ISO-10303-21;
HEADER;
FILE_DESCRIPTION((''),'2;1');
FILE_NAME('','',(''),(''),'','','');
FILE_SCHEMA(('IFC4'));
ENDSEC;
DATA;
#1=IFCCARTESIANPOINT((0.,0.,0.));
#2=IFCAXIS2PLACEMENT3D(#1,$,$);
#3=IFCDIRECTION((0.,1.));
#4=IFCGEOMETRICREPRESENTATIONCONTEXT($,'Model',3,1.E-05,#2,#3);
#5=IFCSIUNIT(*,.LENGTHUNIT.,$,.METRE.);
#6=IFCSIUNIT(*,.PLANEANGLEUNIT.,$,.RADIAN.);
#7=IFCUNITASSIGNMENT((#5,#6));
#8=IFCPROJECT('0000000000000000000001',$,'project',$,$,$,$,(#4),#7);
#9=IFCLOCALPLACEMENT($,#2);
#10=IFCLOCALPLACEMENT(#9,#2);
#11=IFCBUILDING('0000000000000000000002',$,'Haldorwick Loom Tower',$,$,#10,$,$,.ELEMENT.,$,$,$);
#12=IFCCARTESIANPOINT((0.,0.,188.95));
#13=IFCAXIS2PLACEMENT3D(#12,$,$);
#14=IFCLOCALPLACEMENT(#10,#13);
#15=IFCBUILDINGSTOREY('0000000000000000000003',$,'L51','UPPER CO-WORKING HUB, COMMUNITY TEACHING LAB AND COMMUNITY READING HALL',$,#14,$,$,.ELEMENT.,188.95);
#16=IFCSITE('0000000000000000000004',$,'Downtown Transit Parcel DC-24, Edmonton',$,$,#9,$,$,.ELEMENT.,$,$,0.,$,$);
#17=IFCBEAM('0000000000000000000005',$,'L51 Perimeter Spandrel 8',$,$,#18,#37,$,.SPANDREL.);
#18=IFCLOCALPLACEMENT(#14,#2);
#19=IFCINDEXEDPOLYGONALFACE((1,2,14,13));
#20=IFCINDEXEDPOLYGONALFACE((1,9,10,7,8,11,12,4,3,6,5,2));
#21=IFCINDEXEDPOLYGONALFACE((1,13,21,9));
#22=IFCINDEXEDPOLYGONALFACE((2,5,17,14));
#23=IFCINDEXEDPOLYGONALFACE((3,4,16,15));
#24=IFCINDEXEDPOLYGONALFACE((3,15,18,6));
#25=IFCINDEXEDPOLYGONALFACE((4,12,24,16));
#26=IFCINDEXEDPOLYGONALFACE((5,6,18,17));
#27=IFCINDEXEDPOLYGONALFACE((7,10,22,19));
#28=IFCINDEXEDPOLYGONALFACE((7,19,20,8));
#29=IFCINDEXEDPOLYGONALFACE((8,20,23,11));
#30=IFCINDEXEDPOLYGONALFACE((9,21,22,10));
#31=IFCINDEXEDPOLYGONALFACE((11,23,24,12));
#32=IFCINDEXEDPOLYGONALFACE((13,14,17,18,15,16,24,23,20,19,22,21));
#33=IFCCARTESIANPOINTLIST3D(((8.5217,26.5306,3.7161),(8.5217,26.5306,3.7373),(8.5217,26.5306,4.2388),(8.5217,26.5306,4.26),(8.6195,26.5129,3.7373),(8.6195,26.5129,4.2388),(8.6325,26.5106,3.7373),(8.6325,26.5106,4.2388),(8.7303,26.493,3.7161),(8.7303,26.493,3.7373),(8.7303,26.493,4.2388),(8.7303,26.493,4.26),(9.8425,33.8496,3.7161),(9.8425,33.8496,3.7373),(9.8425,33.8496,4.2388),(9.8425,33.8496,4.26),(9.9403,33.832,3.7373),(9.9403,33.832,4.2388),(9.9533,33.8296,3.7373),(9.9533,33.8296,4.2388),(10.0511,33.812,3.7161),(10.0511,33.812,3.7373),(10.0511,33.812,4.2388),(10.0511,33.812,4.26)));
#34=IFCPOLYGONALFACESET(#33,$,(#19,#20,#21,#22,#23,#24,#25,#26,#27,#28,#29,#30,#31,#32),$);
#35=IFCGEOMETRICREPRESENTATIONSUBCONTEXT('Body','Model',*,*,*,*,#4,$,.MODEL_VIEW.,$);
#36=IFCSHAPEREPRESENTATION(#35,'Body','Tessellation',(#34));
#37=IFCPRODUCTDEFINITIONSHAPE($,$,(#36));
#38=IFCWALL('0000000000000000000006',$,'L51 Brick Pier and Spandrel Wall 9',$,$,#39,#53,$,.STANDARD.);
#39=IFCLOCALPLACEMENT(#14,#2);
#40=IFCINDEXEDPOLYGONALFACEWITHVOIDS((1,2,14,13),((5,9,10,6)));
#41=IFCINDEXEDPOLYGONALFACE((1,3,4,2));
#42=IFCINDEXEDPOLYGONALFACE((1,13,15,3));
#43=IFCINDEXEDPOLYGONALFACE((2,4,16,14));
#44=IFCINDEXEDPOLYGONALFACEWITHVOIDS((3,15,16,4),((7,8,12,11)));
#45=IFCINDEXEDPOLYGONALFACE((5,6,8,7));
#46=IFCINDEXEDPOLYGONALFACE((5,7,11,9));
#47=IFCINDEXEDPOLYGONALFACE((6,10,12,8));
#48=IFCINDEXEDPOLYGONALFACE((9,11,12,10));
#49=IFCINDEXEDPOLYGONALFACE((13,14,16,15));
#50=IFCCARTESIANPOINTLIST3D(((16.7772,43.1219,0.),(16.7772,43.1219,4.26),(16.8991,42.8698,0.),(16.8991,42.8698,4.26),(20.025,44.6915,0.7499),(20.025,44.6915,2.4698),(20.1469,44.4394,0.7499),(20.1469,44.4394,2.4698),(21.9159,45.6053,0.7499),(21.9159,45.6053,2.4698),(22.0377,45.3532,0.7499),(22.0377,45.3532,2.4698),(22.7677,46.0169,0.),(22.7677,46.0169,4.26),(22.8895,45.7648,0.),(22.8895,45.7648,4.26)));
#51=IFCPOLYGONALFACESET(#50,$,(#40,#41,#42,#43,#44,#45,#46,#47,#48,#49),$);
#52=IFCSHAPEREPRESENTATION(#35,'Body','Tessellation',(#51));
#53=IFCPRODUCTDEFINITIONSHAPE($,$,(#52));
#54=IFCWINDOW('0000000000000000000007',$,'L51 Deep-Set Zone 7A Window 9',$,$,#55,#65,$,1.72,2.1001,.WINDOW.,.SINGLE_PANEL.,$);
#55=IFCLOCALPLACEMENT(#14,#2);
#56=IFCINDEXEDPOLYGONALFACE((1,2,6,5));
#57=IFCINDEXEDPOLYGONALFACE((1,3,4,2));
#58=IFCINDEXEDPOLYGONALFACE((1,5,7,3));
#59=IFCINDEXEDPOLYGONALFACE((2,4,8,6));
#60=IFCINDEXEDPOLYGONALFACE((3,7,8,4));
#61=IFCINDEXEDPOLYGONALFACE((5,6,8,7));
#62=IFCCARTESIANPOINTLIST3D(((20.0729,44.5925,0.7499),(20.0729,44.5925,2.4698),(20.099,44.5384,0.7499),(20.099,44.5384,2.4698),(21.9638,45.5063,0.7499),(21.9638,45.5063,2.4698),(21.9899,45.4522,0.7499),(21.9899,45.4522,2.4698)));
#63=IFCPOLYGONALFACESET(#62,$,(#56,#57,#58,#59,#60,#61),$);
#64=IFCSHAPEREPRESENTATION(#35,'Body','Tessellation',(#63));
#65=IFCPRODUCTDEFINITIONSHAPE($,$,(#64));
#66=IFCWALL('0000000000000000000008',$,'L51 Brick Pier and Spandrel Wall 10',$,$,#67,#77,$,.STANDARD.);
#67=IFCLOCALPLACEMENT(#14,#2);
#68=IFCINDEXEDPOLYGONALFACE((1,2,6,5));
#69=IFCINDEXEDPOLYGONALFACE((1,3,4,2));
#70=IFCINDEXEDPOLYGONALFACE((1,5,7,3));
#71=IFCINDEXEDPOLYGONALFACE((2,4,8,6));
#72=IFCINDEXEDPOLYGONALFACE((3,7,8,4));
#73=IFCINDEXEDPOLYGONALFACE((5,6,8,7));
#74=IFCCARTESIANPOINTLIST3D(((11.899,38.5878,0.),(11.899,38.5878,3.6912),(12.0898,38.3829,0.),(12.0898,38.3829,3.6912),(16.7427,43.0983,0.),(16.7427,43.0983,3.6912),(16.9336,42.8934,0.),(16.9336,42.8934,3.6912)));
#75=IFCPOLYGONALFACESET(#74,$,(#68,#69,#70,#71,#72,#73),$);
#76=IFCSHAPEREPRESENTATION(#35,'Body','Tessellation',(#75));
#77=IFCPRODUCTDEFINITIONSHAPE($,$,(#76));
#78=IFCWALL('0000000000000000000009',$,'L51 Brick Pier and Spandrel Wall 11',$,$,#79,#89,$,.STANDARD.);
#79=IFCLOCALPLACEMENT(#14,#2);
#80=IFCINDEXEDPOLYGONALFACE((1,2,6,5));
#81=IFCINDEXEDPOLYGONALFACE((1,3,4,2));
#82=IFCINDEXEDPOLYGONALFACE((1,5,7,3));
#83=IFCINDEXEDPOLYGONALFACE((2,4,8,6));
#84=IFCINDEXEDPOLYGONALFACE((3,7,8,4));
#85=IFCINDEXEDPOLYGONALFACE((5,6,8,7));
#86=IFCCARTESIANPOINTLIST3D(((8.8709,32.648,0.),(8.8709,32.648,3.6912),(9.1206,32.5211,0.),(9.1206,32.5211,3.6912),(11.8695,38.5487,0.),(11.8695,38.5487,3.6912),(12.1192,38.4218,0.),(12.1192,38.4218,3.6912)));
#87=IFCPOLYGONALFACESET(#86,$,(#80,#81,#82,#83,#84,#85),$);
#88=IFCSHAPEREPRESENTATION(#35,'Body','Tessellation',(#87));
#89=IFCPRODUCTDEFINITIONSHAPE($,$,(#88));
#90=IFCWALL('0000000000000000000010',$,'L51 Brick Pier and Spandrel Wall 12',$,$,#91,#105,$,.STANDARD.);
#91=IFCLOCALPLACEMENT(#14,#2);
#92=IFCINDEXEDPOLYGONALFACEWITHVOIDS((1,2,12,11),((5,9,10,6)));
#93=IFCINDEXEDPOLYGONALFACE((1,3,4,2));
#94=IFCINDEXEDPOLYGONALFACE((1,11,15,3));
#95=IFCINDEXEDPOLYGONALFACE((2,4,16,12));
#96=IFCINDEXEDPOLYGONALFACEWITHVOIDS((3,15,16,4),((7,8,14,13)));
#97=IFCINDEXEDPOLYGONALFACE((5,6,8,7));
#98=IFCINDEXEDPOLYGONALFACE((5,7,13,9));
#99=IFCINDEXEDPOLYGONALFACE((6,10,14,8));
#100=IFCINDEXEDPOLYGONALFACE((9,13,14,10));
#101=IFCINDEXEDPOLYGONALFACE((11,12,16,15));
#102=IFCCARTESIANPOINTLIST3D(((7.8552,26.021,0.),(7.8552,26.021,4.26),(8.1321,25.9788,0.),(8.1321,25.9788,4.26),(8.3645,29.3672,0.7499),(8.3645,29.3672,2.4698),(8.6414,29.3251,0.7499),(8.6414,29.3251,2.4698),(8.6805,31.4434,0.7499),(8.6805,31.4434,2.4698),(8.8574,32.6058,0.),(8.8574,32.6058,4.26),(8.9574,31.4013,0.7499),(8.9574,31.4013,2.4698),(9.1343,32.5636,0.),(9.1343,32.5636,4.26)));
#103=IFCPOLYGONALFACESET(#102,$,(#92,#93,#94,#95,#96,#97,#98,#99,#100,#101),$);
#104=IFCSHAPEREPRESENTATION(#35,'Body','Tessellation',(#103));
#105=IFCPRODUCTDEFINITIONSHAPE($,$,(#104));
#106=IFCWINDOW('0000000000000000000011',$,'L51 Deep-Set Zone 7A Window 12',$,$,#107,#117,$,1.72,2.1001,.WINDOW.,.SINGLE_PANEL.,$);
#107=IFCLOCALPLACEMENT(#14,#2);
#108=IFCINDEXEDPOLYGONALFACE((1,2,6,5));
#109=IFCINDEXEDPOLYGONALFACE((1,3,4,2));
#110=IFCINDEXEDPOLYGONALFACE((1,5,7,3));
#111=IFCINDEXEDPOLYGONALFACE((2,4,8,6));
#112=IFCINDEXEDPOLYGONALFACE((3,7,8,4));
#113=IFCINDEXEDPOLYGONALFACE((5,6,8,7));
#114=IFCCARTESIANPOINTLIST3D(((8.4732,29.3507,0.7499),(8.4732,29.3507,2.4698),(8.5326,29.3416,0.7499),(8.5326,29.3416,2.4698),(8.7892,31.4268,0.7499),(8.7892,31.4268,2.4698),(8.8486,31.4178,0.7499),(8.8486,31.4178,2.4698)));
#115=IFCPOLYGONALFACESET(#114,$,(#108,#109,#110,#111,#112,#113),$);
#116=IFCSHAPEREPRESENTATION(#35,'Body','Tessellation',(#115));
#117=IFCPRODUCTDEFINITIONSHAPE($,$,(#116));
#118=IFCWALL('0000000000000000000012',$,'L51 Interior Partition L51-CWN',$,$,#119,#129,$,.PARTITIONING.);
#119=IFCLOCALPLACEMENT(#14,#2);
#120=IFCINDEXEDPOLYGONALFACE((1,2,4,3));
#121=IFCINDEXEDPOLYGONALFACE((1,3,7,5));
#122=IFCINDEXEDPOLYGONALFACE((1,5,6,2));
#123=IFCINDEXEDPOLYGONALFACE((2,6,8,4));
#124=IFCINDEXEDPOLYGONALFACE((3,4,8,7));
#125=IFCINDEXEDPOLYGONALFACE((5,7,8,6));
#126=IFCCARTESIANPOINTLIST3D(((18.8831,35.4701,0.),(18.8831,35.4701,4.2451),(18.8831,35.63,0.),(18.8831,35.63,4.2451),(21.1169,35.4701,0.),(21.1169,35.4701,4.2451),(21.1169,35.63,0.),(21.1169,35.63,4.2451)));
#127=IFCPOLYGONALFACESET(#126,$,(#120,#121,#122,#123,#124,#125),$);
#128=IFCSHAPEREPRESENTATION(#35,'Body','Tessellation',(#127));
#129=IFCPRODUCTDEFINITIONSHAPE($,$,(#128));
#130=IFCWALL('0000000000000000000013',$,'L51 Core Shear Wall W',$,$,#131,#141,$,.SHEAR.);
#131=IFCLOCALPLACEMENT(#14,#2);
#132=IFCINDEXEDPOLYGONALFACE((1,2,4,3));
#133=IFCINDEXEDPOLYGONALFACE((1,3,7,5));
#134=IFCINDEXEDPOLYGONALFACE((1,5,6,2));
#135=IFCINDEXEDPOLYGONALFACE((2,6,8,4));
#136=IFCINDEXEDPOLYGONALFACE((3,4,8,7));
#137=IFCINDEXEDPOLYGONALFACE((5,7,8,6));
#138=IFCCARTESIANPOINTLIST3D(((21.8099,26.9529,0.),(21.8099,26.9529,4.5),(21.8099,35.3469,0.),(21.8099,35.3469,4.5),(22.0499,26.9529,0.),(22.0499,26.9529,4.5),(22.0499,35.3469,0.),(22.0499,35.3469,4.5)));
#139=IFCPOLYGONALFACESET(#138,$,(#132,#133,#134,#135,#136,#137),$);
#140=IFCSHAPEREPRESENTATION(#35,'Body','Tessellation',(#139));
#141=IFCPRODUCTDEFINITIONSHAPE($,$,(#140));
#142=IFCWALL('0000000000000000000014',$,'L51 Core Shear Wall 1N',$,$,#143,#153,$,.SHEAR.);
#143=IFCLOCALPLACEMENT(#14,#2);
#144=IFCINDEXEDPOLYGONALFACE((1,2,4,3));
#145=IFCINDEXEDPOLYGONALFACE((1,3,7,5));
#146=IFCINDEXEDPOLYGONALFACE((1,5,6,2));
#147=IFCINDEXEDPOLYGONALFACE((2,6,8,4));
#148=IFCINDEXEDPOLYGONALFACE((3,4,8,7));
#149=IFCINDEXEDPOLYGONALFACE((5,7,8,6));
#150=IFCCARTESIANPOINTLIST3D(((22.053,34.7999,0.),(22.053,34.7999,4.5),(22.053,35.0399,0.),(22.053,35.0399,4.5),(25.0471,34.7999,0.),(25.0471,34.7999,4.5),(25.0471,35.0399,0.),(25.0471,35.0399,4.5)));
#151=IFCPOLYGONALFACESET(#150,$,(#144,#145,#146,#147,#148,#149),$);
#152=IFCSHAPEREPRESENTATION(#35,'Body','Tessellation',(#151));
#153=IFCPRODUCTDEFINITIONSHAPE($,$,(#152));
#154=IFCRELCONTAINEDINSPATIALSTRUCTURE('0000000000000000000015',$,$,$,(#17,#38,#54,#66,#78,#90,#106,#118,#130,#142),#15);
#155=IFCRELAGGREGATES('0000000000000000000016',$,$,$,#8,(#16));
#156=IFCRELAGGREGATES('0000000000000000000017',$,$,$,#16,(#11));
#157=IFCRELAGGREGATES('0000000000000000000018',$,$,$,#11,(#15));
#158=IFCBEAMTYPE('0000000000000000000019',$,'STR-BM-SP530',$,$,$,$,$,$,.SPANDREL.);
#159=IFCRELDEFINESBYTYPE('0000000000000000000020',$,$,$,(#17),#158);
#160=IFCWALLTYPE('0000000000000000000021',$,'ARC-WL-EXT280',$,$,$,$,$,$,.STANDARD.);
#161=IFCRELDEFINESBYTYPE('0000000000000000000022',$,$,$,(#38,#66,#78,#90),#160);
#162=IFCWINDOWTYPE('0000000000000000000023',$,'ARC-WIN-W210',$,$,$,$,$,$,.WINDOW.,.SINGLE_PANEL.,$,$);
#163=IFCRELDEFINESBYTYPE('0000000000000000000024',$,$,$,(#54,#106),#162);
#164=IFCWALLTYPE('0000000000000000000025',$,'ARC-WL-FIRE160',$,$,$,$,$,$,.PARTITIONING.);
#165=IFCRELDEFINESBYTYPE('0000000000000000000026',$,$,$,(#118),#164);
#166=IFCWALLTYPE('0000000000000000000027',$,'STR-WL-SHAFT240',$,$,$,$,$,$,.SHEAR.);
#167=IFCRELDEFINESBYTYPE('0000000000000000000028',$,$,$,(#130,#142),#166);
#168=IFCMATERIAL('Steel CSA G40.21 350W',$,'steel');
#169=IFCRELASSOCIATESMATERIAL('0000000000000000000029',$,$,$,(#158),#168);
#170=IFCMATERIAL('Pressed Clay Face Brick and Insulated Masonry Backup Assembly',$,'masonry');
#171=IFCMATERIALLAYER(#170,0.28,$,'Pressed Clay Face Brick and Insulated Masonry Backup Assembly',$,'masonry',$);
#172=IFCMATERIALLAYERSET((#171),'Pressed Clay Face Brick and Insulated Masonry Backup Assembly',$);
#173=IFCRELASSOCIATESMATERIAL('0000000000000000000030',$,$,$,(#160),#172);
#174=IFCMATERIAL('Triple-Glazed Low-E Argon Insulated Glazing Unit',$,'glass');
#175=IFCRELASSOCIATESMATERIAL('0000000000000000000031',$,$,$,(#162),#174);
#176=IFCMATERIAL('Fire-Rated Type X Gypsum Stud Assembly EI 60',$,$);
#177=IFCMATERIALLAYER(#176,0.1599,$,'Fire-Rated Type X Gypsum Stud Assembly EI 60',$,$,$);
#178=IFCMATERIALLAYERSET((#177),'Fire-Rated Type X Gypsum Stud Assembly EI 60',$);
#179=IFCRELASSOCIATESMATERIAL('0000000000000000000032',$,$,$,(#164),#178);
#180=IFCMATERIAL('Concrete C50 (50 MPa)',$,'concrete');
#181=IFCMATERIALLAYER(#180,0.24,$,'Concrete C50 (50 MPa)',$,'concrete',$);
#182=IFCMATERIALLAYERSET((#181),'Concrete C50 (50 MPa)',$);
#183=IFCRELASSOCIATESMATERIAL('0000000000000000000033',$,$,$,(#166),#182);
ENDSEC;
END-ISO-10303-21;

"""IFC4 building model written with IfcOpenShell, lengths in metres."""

from ifc_helpers import new_model, si_unit, direction, frame, frame_2d, origin, origin_2d, place, context, subcontext, project, spatial, rectangle, i_section, extrude, material, layer, layer_set, material_profile, profile_set, type_object, element, fill, save


model = new_model("IFC4")

# Units and contexts
model_context = context("Model", 3, precision=1e-05, world=origin(), true_north=direction((0.0, 1.0)))
body_context = subcontext(model_context, "Body", "Model", "MODEL_VIEW")
ifc_project = project(units=[si_unit("LENGTHUNIT", "METRE"), si_unit("PLANEANGLEUNIT", "RADIAN")], contexts=[model_context])

# Site, building, storey
site_placement = place(None, origin())
site = spatial("IfcSite", under=ifc_project, at=site_placement, Name="Downtown Transit Parcel DC-24, Edmonton", CompositionType="ELEMENT", RefElevation=0.0)
building_placement = place(site_placement, origin())
building = spatial("IfcBuilding", under=site, at=building_placement, Name="Haldorwick Loom Tower", CompositionType="ELEMENT")
storey_placement = place(building_placement, frame((0.0, 0.0, 188.95)))
storey = spatial("IfcBuildingStorey", under=building, at=storey_placement, Name="L51", Description="UPPER CO-WORKING HUB, COMMUNITY TEACHING LAB AND COMMUNITY READING HALL", CompositionType="ELEMENT", Elevation=188.95)

# Shared definitions
ifc_material_1 = material(Name="Steel CSA G40.21 350W", Category="steel")

# Beam
ifc_material_2 = material(Name="Concrete C50 (50 MPa)", Category="concrete")
ifc_material_profile_1 = material_profile(ifc_material_1, i_section(OverallWidth=0.2119, OverallDepth=0.5439, WebThickness=0.0132, FlangeThickness=0.0212, at=origin_2d()), Name="W530X123", Category="steel")
ifc_profile_set_1 = profile_set([ifc_material_profile_1], Name="Steel CSA G40.21 350W")
beam_type_1 = type_object("IfcBeamType", Name="STR-BM-SP530", PredefinedType="SPANDREL", material=ifc_profile_set_1)
beam_1_placement = place(storey_placement, frame((9.9468, 33.8308, 3.988), z_axis=(-0.177591, -0.984104, 0.0), x_axis=(0.984104, -0.177591, 0.0)))
element("IfcBeam", 1, at=beam_1_placement, inside=storey, type_object=beam_type_1, Name="L51 Perimeter Spandrel 8", PredefinedType="SPANDREL", context=body_context, shape_type="SweptSolid", body=[
    extrude(i_section(OverallWidth=0.2119, OverallDepth=0.5439, WebThickness=0.0132, FlangeThickness=0.0212, at=origin_2d()), origin(), (0.0, 0.0, 1.0), 7.4373),
])

# Wall, opening, window
ifc_material_3 = material(Name="Pressed Clay Face Brick and Insulated Masonry Backup Assembly", Category="masonry")
ifc_layer_1 = layer(ifc_material_3, 0.28, Name="Pressed Clay Face Brick and Insulated Masonry Backup Assembly", Category="masonry")
ifc_layer_set_1 = layer_set([ifc_layer_1], Name="Pressed Clay Face Brick and Insulated Masonry Backup Assembly")
wall_type_1 = type_object("IfcWallType", Name="ARC-WL-EXT280", PredefinedType="STANDARD", material=ifc_layer_set_1)
wall_1_placement = place(storey_placement, frame((22.8286, 45.8909, 0.0), z_axis=(0.0, 0.0, 1.0), x_axis=(-0.900371, -0.435123, 0.0)))
wall_1 = element("IfcWall", 2, at=wall_1_placement, inside=storey, type_object=wall_type_1, Name="L51 Brick Pier and Spandrel Wall 9", PredefinedType="STANDARD", context=body_context, shape_type="SweptSolid", body=[
    extrude(rectangle(XDim=6.6533, YDim=0.28, at=frame_2d((3.3267, 0.0))), origin(), (0.0, 0.0, 1.0), 4.26),
])
opening_1_placement = place(wall_1_placement, frame((0.946, 0.0, 0.75)))
opening_1 = element("IfcOpeningElement", 3, at=opening_1_placement, cuts=wall_1, PredefinedType="OPENING", context=body_context, shape_type="SweptSolid", body=[
    extrude(rectangle(XDim=2.1001, YDim=1.72, at=frame_2d((1.05, 0.8599))), frame((0.0, 0.1499, 0.0), z_axis=(0.0, -1.0, 0.0), x_axis=(1.0, 0.0, 0.0)), (0.0, 0.0, 1.0), 0.3),
])
ifc_material_4 = material(Name="Triple-Glazed Low-E Argon Insulated Glazing Unit", Category="glass")
window_type = type_object("IfcWindowType", Name="ARC-WIN-W210", PartitioningType="SINGLE_PANEL", PredefinedType="WINDOW", material=ifc_material_4)
window_1_placement = place(opening_1_placement, origin())
window_1 = element("IfcWindow", 4, at=window_1_placement, inside=storey, type_object=window_type, Name="L51 Deep-Set Zone 7A Window 9", OverallHeight=1.72, OverallWidth=2.1001, PartitioningType="SINGLE_PANEL", PredefinedType="WINDOW", context=body_context, shape_type="SweptSolid", body=[
    extrude(rectangle(XDim=2.1001, YDim=1.72, at=frame_2d((1.05, 0.8599))), frame((0.0, 0.03, 0.0), z_axis=(0.0, -1.0, 0.0), x_axis=(1.0, 0.0, 0.0)), (0.0, 0.0, 1.0), 0.0601),
])
fill(opening_1, window_1)

# Walls
wall_2_placement = place(storey_placement, frame((16.8381, 42.9958, 0.0), z_axis=(0.0, 0.0, 1.0), x_axis=(-0.731834, -0.681483, 0.0)))
element("IfcWall", 5, at=wall_2_placement, inside=storey, type_object=wall_type_1, Name="L51 Brick Pier and Spandrel Wall 10", PredefinedType="STANDARD", context=body_context, shape_type="SweptSolid", body=[
    extrude(rectangle(XDim=6.6187, YDim=0.28, at=frame_2d((3.3093, 0.0))), origin(), (0.0, 0.0, 1.0), 3.6912),
])
wall_3_placement = place(storey_placement, frame((11.9944, 38.4854, 0.0), z_axis=(0.0, 0.0, 1.0), x_axis=(-0.453032, -0.891494, 0.0)))
element("IfcWall", 6, at=wall_3_placement, inside=storey, type_object=wall_type_1, Name="L51 Brick Pier and Spandrel Wall 11", PredefinedType="STANDARD", context=body_context, shape_type="SweptSolid", body=[
    extrude(rectangle(XDim=6.6189, YDim=0.28, at=frame_2d((3.3096, 0.0))), origin(), (0.0, 0.0, 1.0), 3.6912),
])

# Wall, opening, window
wall_4_placement = place(storey_placement, frame((8.9958, 32.5847, 0.0), z_axis=(0.0, 0.0, 1.0), x_axis=(-0.150468, -0.988615, 0.0)))
wall_4 = element("IfcWall", 7, at=wall_4_placement, inside=storey, type_object=wall_type_1, Name="L51 Brick Pier and Spandrel Wall 12", PredefinedType="STANDARD", context=body_context, shape_type="SweptSolid", body=[
    extrude(rectangle(XDim=6.6606, YDim=0.28, at=frame_2d((3.3303, 0.0))), origin(), (0.0, 0.0, 1.0), 4.26),
])
opening_2_placement = place(wall_4_placement, frame((1.1758, 0.0, 0.75)))
opening_2 = element("IfcOpeningElement", 8, at=opening_2_placement, cuts=wall_4, PredefinedType="OPENING", context=body_context, shape_type="SweptSolid", body=[
    extrude(rectangle(XDim=2.1001, YDim=1.72, at=frame_2d((1.05, 0.8599))), frame((0.0, 0.1499, 0.0), z_axis=(0.0, -1.0, 0.0), x_axis=(1.0, 0.0, 0.0)), (0.0, 0.0, 1.0), 0.3),
])
window_2_placement = place(opening_2_placement, origin())
window_2 = element("IfcWindow", 9, at=window_2_placement, inside=storey, type_object=window_type, Name="L51 Deep-Set Zone 7A Window 12", OverallHeight=1.72, OverallWidth=2.1001, PartitioningType="SINGLE_PANEL", PredefinedType="WINDOW", context=body_context, shape_type="SweptSolid", body=[
    extrude(rectangle(XDim=2.1001, YDim=1.72, at=frame_2d((1.05, 0.8599))), frame((0.0, 0.03, 0.0), z_axis=(0.0, -1.0, 0.0), x_axis=(1.0, 0.0, 0.0)), (0.0, 0.0, 1.0), 0.0601),
])
fill(opening_2, window_2)

# Walls
ifc_material_5 = material(Name="Fire-Rated Type X Gypsum Stud Assembly EI 60")
ifc_layer_2 = layer(ifc_material_5, 0.1599, Name="Fire-Rated Type X Gypsum Stud Assembly EI 60")
ifc_layer_set_2 = layer_set([ifc_layer_2], Name="Fire-Rated Type X Gypsum Stud Assembly EI 60")
wall_type_2 = type_object("IfcWallType", Name="ARC-WL-FIRE160", PredefinedType="PARTITIONING", material=ifc_layer_set_2)
wall_5_placement = place(storey_placement, frame((18.8831, 35.55, 0.0), z_axis=(0.0, 0.0, 1.0), x_axis=(1.0, 0.0, 0.0)))
element("IfcWall", 10, at=wall_5_placement, inside=storey, type_object=wall_type_2, Name="L51 Interior Partition L51-CWN", PredefinedType="PARTITIONING", context=body_context, shape_type="SweptSolid", body=[
    extrude(rectangle(XDim=2.2339, YDim=0.1599, at=frame_2d((1.1169, 0.0))), origin(), (0.0, 0.0, 1.0), 4.2451),
])
ifc_layer_3 = layer(ifc_material_2, 0.24, Name="Concrete C50 (50 MPa)", Category="concrete")
ifc_layer_set_3 = layer_set([ifc_layer_3], Name="Concrete C50 (50 MPa)")
wall_type_3 = type_object("IfcWallType", Name="STR-WL-SHAFT240", PredefinedType="SHEAR", material=ifc_layer_set_3)
wall_6_placement = place(storey_placement, frame((21.9299, 35.3469, 0.0), z_axis=(0.0, 0.0, 1.0), x_axis=(0.0, -1.0, 0.0)))
element("IfcWall", 11, at=wall_6_placement, inside=storey, type_object=wall_type_3, Name="L51 Core Shear Wall W", PredefinedType="SHEAR", context=body_context, shape_type="SweptSolid", body=[
    extrude(rectangle(XDim=8.394, YDim=0.24, at=frame_2d((4.197, 0.0))), origin(), (0.0, 0.0, 1.0), 4.5),
])
wall_7_placement = place(storey_placement, frame((22.053, 34.9199, 0.0), z_axis=(0.0, 0.0, 1.0), x_axis=(1.0, 0.0, 0.0)))
element("IfcWall", 12, at=wall_7_placement, inside=storey, type_object=wall_type_3, Name="L51 Core Shear Wall 1N", PredefinedType="SHEAR", context=body_context, shape_type="SweptSolid", body=[
    extrude(rectangle(XDim=2.9941, YDim=0.24, at=frame_2d((1.4971, 0.0))), origin(), (0.0, 0.0, 1.0), 4.5),
])

save(model, "model.ifc")
